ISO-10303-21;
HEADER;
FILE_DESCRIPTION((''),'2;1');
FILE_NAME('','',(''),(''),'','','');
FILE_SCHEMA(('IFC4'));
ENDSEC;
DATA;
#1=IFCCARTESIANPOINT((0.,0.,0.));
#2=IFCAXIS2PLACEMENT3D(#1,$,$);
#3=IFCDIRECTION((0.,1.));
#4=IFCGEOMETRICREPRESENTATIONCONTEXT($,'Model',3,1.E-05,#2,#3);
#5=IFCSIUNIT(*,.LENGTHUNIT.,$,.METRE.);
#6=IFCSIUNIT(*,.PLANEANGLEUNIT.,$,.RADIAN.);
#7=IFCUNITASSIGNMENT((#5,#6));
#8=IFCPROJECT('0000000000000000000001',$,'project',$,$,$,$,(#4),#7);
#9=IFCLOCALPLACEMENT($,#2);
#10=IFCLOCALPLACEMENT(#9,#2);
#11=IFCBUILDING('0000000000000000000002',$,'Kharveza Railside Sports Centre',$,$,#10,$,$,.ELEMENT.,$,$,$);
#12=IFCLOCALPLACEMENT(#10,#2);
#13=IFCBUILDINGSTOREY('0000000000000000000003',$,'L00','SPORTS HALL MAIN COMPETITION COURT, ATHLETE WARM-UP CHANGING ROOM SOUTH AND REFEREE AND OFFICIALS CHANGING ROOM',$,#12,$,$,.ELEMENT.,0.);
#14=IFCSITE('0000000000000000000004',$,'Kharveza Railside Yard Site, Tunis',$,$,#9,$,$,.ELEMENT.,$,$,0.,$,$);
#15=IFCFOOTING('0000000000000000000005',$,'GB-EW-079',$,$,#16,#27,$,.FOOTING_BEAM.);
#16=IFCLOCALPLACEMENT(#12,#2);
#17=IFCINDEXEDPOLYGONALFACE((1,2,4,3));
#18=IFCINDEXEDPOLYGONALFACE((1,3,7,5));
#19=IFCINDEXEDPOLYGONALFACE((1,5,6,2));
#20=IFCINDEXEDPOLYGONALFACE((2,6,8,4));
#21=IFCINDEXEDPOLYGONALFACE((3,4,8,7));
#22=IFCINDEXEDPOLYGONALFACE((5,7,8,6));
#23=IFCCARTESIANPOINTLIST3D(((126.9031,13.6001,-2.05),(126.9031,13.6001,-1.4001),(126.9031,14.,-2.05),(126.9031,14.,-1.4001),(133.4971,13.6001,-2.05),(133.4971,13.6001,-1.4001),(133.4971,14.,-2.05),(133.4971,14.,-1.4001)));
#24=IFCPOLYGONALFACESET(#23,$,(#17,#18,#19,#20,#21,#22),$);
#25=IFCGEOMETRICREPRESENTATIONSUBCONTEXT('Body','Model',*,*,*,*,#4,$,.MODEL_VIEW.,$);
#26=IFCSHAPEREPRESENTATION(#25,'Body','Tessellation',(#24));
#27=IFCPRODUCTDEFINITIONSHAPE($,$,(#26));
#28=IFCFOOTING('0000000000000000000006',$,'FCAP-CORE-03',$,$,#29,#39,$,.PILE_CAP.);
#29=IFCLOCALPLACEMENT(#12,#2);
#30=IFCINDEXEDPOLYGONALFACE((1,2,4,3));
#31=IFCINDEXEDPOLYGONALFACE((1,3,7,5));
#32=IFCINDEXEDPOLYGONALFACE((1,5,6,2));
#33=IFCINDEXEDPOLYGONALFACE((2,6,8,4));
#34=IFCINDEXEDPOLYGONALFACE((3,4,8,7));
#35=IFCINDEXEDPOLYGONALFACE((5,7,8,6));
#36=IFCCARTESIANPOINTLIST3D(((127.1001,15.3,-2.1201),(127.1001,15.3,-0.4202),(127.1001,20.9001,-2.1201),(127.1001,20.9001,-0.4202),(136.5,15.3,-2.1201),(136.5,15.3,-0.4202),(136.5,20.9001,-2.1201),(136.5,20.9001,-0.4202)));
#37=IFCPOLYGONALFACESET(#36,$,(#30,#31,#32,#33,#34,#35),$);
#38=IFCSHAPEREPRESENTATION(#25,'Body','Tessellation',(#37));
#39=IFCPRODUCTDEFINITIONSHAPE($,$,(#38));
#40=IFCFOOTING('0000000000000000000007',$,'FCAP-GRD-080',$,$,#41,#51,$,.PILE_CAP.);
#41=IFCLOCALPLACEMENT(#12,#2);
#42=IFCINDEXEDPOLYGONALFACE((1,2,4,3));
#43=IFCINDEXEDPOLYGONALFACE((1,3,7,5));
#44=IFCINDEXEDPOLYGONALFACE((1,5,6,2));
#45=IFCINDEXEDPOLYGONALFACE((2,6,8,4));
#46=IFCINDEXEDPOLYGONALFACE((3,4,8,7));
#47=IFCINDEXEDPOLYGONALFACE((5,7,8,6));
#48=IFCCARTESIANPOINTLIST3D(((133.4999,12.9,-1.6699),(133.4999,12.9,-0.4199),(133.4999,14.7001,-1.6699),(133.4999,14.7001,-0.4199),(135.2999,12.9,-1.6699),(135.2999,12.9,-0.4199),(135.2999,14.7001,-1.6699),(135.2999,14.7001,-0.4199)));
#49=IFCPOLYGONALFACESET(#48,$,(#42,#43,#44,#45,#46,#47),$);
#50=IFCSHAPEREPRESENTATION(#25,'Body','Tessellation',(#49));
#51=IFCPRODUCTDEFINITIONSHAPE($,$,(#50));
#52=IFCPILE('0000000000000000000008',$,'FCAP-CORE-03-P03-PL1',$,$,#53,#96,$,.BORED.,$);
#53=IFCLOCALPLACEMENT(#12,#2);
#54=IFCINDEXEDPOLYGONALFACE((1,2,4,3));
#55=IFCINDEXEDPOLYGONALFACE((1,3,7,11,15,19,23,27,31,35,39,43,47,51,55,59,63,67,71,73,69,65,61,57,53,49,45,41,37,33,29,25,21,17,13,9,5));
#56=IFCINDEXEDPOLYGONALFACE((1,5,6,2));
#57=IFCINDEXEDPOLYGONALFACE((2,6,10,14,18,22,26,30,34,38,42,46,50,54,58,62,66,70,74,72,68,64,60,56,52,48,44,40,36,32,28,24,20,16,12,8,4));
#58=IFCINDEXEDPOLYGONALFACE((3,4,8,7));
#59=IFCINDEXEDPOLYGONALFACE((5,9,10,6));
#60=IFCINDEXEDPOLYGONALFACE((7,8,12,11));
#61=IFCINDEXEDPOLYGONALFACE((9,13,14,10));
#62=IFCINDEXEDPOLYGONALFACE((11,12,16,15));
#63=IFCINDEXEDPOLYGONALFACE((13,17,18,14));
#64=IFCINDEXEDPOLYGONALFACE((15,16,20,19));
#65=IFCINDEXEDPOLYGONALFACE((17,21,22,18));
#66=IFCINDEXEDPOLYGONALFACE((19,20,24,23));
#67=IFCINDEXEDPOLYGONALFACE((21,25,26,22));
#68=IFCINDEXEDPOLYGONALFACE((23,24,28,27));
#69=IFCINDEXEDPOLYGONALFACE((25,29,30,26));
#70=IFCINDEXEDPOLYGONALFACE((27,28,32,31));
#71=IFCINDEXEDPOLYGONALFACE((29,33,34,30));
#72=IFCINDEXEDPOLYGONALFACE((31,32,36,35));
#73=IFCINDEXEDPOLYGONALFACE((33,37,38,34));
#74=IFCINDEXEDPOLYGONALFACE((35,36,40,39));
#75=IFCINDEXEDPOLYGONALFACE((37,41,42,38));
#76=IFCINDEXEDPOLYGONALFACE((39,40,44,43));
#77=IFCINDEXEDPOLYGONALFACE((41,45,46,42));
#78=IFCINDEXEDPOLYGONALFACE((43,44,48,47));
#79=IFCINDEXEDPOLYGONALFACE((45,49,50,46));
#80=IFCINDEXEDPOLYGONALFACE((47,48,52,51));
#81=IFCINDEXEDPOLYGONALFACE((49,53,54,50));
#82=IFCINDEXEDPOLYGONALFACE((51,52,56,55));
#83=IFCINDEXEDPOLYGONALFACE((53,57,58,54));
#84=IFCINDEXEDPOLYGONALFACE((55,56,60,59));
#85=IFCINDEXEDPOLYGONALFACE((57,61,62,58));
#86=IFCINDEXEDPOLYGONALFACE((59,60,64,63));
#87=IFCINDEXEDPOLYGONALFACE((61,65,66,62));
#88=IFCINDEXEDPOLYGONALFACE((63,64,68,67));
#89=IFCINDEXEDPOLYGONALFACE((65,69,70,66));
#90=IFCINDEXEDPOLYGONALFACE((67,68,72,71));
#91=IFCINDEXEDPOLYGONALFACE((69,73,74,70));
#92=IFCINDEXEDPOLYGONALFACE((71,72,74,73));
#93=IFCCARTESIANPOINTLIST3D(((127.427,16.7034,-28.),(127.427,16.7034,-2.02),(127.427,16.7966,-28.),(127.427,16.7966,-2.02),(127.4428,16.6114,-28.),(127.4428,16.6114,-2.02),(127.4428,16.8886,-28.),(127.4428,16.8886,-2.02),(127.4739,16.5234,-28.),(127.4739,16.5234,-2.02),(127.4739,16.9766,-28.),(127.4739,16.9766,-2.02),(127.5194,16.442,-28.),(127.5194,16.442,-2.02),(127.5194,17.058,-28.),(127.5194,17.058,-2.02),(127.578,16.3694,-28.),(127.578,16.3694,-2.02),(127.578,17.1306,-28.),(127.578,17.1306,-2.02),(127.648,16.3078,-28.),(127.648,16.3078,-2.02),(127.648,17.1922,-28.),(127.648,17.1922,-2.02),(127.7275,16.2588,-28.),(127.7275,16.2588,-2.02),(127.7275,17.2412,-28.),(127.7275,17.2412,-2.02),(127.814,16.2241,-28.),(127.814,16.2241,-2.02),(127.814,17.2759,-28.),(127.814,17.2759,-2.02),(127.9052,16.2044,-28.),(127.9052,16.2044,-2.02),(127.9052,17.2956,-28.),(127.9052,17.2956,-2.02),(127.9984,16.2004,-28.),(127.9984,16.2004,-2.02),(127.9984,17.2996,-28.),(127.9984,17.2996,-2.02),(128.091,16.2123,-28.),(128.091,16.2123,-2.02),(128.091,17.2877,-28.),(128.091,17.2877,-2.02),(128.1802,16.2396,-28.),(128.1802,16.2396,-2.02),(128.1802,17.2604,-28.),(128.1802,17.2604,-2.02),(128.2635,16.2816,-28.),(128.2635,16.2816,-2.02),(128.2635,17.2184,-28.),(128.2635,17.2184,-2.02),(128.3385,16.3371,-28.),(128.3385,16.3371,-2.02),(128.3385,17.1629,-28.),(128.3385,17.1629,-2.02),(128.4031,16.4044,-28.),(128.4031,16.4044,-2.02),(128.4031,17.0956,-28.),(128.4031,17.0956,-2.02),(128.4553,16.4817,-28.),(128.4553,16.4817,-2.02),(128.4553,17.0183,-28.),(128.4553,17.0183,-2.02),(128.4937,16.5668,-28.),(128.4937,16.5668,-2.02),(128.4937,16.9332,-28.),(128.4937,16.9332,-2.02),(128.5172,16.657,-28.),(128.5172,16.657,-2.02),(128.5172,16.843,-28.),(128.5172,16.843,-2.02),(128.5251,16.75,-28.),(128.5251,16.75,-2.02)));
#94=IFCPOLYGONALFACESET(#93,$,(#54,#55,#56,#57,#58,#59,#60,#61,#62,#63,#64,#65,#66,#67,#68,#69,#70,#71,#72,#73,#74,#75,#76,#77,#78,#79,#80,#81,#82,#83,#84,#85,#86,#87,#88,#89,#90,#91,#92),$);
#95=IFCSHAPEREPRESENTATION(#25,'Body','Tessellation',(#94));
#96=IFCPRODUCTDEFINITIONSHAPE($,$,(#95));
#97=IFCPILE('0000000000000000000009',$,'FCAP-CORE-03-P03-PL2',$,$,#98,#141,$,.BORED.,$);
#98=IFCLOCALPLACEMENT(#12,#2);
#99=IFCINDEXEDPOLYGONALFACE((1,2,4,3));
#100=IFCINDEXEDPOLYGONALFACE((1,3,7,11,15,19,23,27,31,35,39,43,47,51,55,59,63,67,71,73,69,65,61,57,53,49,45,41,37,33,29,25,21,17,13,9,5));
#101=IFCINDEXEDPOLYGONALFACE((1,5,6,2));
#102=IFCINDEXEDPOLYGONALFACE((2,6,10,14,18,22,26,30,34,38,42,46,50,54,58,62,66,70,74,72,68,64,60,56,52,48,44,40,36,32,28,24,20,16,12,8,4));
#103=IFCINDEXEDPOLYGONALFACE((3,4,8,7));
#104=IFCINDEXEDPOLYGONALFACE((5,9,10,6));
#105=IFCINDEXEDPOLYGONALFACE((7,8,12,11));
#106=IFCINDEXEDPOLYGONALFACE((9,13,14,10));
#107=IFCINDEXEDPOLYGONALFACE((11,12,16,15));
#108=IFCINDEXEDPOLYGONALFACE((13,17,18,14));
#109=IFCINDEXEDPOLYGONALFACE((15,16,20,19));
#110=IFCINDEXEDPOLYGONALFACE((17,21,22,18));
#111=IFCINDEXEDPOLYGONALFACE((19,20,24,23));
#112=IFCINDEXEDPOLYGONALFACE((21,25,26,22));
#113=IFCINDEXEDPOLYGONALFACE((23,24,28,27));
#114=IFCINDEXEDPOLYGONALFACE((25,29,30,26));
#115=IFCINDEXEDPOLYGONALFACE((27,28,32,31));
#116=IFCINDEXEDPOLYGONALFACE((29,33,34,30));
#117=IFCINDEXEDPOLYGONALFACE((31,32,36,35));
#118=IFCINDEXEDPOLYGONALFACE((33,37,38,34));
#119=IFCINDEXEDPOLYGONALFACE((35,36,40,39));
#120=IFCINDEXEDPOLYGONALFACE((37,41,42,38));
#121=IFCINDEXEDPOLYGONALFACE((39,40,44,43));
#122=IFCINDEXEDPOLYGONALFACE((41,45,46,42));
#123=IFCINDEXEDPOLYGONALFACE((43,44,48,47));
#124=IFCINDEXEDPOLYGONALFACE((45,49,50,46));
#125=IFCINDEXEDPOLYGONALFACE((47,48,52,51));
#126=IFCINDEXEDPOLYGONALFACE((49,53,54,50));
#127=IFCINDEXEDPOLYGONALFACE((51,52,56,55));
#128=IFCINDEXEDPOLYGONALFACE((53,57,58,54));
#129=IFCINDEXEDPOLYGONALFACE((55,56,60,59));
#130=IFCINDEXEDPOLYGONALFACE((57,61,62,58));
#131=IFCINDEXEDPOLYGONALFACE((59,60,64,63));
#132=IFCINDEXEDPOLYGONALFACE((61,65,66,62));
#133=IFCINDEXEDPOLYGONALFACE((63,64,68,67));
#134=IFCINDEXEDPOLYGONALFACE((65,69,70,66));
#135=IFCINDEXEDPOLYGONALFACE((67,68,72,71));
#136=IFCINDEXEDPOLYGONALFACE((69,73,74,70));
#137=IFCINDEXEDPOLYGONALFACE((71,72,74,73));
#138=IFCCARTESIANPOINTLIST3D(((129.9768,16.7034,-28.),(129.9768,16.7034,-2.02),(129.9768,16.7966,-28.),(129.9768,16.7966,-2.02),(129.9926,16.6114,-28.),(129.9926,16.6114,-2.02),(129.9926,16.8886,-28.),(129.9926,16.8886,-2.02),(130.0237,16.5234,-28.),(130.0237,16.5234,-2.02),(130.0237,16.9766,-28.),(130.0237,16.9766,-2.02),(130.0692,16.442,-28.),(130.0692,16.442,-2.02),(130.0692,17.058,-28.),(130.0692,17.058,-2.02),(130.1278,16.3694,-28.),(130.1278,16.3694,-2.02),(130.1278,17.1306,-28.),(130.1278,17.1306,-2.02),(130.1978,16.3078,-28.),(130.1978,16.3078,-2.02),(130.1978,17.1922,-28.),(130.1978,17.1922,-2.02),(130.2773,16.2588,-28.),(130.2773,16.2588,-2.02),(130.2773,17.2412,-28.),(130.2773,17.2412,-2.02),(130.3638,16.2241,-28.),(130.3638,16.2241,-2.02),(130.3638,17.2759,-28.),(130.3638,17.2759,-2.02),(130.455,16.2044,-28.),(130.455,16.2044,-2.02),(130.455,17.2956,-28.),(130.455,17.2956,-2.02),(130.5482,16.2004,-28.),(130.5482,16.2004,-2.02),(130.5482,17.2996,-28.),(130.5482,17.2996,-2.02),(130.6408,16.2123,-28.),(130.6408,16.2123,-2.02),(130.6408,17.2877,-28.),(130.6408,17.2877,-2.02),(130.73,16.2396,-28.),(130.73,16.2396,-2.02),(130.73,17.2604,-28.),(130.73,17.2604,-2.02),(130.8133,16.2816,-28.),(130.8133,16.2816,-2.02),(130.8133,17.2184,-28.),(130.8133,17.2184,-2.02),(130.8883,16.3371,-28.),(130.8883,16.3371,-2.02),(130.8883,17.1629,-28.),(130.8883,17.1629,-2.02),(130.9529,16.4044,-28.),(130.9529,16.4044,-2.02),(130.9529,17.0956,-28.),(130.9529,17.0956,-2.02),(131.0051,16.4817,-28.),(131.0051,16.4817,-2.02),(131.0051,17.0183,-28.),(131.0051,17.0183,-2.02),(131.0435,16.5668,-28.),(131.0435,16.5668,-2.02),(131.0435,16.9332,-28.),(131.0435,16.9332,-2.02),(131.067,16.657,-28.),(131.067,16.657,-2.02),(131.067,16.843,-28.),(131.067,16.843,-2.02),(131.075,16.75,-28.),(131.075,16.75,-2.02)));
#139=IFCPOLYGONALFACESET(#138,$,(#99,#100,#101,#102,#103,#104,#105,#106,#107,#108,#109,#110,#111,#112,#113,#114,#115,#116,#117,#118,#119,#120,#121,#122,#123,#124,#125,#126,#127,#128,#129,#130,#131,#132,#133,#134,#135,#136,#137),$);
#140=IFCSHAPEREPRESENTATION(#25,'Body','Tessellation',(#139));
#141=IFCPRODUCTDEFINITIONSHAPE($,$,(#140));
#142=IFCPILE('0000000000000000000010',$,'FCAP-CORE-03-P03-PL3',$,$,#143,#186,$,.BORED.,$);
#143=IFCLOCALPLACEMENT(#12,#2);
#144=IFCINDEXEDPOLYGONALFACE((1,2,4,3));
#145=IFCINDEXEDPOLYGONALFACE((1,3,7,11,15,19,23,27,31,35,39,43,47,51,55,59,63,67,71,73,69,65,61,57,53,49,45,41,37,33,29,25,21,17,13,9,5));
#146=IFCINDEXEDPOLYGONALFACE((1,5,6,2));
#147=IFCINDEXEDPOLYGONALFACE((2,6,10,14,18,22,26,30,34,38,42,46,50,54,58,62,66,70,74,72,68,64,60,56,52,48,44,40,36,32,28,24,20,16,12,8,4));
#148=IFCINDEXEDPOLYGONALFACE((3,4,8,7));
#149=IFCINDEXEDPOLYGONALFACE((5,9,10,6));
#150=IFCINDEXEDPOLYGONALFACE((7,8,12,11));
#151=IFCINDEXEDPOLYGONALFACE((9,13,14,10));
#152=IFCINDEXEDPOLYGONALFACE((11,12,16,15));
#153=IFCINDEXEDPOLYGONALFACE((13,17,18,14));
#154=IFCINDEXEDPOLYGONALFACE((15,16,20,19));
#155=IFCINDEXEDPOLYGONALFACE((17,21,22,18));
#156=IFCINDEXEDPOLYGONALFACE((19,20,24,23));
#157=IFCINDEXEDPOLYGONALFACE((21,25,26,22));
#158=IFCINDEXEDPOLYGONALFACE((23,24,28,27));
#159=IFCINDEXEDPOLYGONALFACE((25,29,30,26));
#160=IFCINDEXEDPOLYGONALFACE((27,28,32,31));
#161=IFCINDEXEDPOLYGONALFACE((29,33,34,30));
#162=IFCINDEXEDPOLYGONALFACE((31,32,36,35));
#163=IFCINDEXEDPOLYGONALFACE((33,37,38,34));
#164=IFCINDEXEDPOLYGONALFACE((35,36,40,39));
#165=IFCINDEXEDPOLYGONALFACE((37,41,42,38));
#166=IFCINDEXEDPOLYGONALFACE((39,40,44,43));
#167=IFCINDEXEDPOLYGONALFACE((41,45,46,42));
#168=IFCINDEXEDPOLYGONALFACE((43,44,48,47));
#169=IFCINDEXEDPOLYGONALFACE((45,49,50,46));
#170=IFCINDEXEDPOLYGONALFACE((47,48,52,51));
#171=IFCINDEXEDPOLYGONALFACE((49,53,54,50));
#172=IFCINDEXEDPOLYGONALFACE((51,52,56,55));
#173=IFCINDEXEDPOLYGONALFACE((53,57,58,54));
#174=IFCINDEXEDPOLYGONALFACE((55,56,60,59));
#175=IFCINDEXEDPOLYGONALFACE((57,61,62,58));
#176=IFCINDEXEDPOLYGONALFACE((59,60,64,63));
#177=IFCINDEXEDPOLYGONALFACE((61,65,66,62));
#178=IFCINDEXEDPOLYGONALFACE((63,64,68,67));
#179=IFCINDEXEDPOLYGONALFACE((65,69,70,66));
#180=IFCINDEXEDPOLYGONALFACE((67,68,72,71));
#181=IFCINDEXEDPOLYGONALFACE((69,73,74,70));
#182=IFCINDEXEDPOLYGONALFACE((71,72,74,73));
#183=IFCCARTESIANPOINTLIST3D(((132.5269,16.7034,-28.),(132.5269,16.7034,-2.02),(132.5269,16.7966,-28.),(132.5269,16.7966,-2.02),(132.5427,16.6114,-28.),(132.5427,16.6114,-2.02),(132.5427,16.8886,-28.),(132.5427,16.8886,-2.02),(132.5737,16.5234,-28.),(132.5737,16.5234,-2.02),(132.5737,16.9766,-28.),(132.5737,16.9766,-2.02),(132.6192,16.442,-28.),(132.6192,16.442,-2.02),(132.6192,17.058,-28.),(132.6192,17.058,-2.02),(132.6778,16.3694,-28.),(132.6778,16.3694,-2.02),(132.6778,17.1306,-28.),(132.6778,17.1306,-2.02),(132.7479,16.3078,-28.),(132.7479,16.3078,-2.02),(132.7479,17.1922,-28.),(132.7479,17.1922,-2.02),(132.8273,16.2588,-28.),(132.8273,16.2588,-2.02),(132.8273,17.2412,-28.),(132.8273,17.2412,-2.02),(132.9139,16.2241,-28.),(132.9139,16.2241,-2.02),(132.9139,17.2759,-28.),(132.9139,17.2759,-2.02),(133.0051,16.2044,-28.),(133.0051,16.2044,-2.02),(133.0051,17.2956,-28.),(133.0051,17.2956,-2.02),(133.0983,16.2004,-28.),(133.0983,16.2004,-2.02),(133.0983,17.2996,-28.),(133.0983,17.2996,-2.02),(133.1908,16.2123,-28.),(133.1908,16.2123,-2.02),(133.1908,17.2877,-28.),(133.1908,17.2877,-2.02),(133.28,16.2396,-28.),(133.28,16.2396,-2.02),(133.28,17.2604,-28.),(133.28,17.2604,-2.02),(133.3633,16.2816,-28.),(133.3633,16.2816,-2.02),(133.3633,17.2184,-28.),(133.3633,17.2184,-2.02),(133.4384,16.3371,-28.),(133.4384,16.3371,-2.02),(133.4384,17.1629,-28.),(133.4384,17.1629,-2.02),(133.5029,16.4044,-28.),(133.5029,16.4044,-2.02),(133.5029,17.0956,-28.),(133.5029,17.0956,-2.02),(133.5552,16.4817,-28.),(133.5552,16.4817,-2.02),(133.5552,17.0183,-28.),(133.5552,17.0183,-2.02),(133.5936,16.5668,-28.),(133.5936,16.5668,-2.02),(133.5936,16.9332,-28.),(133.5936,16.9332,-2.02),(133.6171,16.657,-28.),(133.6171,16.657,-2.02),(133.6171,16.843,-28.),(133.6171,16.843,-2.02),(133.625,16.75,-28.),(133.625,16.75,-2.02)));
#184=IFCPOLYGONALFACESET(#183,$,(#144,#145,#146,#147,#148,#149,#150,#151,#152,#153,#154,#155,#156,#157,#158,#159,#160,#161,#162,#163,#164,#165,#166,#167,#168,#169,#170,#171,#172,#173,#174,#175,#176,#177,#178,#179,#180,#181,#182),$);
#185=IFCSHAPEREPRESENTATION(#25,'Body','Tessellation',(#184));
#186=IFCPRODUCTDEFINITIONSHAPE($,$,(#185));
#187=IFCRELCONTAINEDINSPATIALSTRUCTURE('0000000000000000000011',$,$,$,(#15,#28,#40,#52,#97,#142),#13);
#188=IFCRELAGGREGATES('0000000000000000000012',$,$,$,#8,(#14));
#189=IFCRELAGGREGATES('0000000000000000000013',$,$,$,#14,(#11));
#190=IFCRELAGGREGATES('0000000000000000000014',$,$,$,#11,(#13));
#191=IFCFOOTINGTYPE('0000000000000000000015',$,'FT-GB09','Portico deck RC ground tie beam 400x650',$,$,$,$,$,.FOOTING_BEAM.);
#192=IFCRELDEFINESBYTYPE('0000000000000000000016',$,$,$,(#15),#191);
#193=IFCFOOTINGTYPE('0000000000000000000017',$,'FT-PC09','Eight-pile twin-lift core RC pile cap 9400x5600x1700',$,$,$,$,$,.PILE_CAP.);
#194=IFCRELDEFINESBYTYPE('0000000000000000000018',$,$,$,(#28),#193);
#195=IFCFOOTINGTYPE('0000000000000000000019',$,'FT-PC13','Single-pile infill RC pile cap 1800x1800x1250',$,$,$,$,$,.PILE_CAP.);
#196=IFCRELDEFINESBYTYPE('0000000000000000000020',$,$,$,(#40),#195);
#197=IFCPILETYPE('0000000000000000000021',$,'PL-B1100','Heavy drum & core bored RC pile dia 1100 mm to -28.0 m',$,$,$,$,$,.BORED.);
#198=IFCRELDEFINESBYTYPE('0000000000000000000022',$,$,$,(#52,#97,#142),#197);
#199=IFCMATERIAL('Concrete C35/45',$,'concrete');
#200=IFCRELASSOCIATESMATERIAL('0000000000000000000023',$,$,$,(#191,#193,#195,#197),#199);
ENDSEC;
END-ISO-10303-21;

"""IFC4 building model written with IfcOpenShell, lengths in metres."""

from ifc_helpers import new_model, si_unit, direction, frame, origin, origin_2d, place, context, subcontext, project, spatial, rectangle, circle, extrude, material, material_profile, profile_set, type_object, element, save


model = new_model("IFC4")

# Units and contexts
model_context = context("Model", 3, precision=1e-05, world=origin(), true_north=direction((0.0, 1.0)))
body_context = subcontext(model_context, "Body", "Model", "MODEL_VIEW")
ifc_project = project(units=[si_unit("LENGTHUNIT", "METRE"), si_unit("PLANEANGLEUNIT", "RADIAN")], contexts=[model_context])

# Site, building, storey
site_placement = place(None, origin())
site = spatial("IfcSite", under=ifc_project, at=site_placement, Name="Kharveza Railside Yard Site, Tunis", CompositionType="ELEMENT", RefElevation=0.0)
building_placement = place(site_placement, origin())
building = spatial("IfcBuilding", under=site, at=building_placement, Name="Kharveza Railside Sports Centre", CompositionType="ELEMENT")
storey_placement = place(building_placement, origin())
storey = spatial("IfcBuildingStorey", under=building, at=storey_placement, Name="L00", Description="SPORTS HALL MAIN COMPETITION COURT, ATHLETE WARM-UP CHANGING ROOM SOUTH AND REFEREE AND OFFICIALS CHANGING ROOM", CompositionType="ELEMENT", Elevation=0.0)

# Footings
ifc_material_1 = material(Name="Concrete C35/45", Category="concrete")
ifc_material_profile_1 = material_profile(ifc_material_1, rectangle(XDim=0.3999, YDim=0.6499, at=origin_2d()), Name="GB 400x650")
ifc_profile_set_1 = profile_set([ifc_material_profile_1], Name="Concrete C35/45")
footing_type_1 = type_object("IfcFootingType", Name="FT-GB09", Description="Portico deck RC ground tie beam 400x650", PredefinedType="FOOTING_BEAM", material=ifc_profile_set_1)
footing_1_placement = place(storey_placement, frame((126.9031, 13.8, -1.7251), z_axis=(1.0, 0.0, 0.0), x_axis=(0.0, 1.0, 0.0)))
element("IfcFooting", 1, at=footing_1_placement, inside=storey, type_object=footing_type_1, Name="GB-EW-079", PredefinedType="FOOTING_BEAM", context=body_context, shape_type="SweptSolid", body=[
    extrude(rectangle(XDim=0.3999, YDim=0.6499, at=origin_2d()), origin(), (0.0, 0.0, 1.0), 6.594),
])
footing_type_2 = type_object("IfcFootingType", Name="FT-PC09", Description="Eight-pile twin-lift core RC pile cap 9400x5600x1700", PredefinedType="PILE_CAP", material=ifc_material_1)
footing_2_placement = place(storey_placement, frame((131.8, 18.1001, -2.1201), z_axis=(0.0, 0.0, 1.0), x_axis=(1.0, 0.0, 0.0)))
element("IfcFooting", 2, at=footing_2_placement, inside=storey, type_object=footing_type_2, Name="FCAP-CORE-03", PredefinedType="PILE_CAP", context=body_context, shape_type="SweptSolid", body=[
    extrude(rectangle(XDim=9.3999, YDim=5.6001, at=origin_2d()), origin(), (0.0, 0.0, 1.0), 1.7),
])
footing_type_3 = type_object("IfcFootingType", Name="FT-PC13", Description="Single-pile infill RC pile cap 1800x1800x1250", PredefinedType="PILE_CAP", material=ifc_material_1)
footing_3_placement = place(storey_placement, frame((134.3999, 13.8, -1.6699), z_axis=(0.0, 0.0, 1.0), x_axis=(1.0, 0.0, 0.0)))
element("IfcFooting", 3, at=footing_3_placement, inside=storey, type_object=footing_type_3, Name="FCAP-GRD-080", PredefinedType="PILE_CAP", context=body_context, shape_type="SweptSolid", body=[
    extrude(rectangle(XDim=1.8, YDim=1.8, at=origin_2d()), origin(), (0.0, 0.0, 1.0), 1.25),
])

# Piles
ifc_material_profile_2 = material_profile(ifc_material_1, circle(Radius=0.55, at=origin_2d()), Name="PILE D1100")
ifc_profile_set_2 = profile_set([ifc_material_profile_2], Name="Concrete C35/45")
pile_type_1 = type_object("IfcPileType", Name="PL-B1100", Description="Heavy drum & core bored RC pile dia 1100 mm to -28.0 m", PredefinedType="BORED", material=ifc_profile_set_2)
for number, where, z_axis, x_axis, name in (
    (4, (127.9751, 16.75, -2.02), (0.0, 0.0, -1.0), (1.0, 0.0, 0.0), "FCAP-CORE-03-P03-PL1"),
    (5, (130.5249, 16.75, -2.02), (0.0, 0.0, -1.0), (1.0, 0.0, 0.0), "FCAP-CORE-03-P03-PL2"),
    (6, (133.075, 16.75, -2.02), (0.0, 0.0, -1.0), (1.0, 0.0, 0.0), "FCAP-CORE-03-P03-PL3"),
):
    element("IfcPile", number, at=place(storey_placement, frame(where, z_axis=z_axis, x_axis=x_axis)), inside=storey, type_object=pile_type_1, Name=name, PredefinedType="BORED", context=body_context, shape_type="SweptSolid", body=[
        extrude(circle(Radius=0.55, at=origin_2d()), origin(), (0.0, 0.0, 1.0), 25.98),
    ])

save(model, "model.ifc")
